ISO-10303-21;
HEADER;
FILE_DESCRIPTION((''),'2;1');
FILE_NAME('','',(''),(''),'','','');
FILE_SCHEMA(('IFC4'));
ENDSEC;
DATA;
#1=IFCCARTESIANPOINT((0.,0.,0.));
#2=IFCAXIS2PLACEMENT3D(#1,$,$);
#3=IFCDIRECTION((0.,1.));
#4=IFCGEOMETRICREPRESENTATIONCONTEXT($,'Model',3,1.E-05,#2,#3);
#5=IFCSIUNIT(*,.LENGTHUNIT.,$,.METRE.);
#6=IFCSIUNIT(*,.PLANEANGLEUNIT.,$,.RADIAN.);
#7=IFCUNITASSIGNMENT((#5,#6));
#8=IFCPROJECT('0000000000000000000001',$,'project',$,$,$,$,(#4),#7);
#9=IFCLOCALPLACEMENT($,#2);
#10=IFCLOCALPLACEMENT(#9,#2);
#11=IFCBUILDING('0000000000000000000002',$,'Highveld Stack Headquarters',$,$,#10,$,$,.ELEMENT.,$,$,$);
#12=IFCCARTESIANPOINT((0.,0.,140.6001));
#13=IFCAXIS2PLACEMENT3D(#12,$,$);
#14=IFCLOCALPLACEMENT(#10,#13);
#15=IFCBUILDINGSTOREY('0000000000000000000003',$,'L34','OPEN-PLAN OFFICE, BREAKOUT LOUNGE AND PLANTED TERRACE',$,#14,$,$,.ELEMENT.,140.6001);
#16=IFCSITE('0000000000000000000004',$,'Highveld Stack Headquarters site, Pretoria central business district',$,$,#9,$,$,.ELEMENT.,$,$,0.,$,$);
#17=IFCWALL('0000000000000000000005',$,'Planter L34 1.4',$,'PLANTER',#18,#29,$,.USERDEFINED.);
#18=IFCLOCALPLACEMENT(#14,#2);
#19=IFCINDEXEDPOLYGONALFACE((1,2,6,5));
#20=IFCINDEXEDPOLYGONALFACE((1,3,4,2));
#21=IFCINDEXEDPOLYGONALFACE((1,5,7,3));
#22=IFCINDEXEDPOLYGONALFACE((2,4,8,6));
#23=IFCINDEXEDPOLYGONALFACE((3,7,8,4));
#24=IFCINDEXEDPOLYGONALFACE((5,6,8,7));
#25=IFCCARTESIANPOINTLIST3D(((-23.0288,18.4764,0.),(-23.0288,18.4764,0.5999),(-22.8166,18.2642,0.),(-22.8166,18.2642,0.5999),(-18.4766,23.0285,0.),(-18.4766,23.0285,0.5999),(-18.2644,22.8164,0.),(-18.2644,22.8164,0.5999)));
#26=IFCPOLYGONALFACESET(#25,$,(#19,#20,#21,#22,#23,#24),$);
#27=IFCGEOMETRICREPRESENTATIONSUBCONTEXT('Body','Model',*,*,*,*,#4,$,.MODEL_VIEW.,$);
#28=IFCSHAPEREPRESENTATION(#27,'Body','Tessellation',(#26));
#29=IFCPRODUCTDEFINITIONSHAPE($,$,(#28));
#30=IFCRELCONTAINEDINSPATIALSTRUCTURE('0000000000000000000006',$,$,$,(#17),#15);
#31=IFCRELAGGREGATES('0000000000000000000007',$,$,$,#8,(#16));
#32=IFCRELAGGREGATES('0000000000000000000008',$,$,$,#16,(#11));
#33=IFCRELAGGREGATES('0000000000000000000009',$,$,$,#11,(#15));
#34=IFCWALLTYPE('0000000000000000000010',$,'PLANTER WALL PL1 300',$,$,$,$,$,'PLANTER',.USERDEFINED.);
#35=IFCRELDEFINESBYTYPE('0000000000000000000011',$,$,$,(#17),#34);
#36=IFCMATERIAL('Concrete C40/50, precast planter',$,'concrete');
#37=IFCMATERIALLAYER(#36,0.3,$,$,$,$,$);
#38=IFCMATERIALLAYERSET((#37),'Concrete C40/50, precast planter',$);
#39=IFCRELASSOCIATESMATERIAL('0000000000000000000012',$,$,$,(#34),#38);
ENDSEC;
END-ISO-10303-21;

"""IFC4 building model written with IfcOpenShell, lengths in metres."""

from ifc_helpers import new_model, si_unit, direction, frame, frame_2d, origin, place, context, subcontext, project, spatial, rectangle, extrude, material, layer, layer_set, type_object, element, save


model = new_model("IFC4")

# Units and contexts
model_context = context("Model", 3, precision=1e-05, world=origin(), true_north=direction((0.0, 1.0)))
body_context = subcontext(model_context, "Body", "Model", "MODEL_VIEW")
ifc_project = project(units=[si_unit("LENGTHUNIT", "METRE"), si_unit("PLANEANGLEUNIT", "RADIAN")], contexts=[model_context])

# Site, building, storey
site_placement = place(None, origin())
site = spatial("IfcSite", under=ifc_project, at=site_placement, Name="Highveld Stack Headquarters site, Pretoria central business district", CompositionType="ELEMENT", RefElevation=0.0)
building_placement = place(site_placement, origin())
building = spatial("IfcBuilding", under=site, at=building_placement, Name="Highveld Stack Headquarters", CompositionType="ELEMENT")
storey_placement = place(building_placement, frame((0.0, 0.0, 140.6001)))
storey = spatial("IfcBuildingStorey", under=building, at=storey_placement, Name="L34", Description="OPEN-PLAN OFFICE, BREAKOUT LOUNGE AND PLANTED TERRACE", CompositionType="ELEMENT", Elevation=140.6001)

# Wall
ifc_material_1 = material(Name="Concrete C40/50, precast planter", Category="concrete")
ifc_layer_1 = layer(ifc_material_1, 0.3)
ifc_layer_set_1 = layer_set([ifc_layer_1], Name="Concrete C40/50, precast planter")
wall_type = type_object("IfcWallType", Name="PLANTER WALL PL1 300", ElementType="PLANTER", PredefinedType="USERDEFINED", material=ifc_layer_set_1)
wall_placement = place(storey_placement, frame((-22.9226, 18.3704, 0.0), z_axis=(0.0, 0.0, 1.0), x_axis=(0.707107, 0.707107, 0.0)))
element("IfcWall", 1, at=wall_placement, inside=storey, type_object=wall_type, Name="Planter L34 1.4", ObjectType="PLANTER", PredefinedType="USERDEFINED", context=body_context, shape_type="SweptSolid", body=[
    extrude(rectangle(XDim=6.4377, YDim=0.3, at=frame_2d((3.2188, 0.0))), origin(), (0.0, 0.0, 1.0), 0.5999),
])

save(model, "model.ifc")
